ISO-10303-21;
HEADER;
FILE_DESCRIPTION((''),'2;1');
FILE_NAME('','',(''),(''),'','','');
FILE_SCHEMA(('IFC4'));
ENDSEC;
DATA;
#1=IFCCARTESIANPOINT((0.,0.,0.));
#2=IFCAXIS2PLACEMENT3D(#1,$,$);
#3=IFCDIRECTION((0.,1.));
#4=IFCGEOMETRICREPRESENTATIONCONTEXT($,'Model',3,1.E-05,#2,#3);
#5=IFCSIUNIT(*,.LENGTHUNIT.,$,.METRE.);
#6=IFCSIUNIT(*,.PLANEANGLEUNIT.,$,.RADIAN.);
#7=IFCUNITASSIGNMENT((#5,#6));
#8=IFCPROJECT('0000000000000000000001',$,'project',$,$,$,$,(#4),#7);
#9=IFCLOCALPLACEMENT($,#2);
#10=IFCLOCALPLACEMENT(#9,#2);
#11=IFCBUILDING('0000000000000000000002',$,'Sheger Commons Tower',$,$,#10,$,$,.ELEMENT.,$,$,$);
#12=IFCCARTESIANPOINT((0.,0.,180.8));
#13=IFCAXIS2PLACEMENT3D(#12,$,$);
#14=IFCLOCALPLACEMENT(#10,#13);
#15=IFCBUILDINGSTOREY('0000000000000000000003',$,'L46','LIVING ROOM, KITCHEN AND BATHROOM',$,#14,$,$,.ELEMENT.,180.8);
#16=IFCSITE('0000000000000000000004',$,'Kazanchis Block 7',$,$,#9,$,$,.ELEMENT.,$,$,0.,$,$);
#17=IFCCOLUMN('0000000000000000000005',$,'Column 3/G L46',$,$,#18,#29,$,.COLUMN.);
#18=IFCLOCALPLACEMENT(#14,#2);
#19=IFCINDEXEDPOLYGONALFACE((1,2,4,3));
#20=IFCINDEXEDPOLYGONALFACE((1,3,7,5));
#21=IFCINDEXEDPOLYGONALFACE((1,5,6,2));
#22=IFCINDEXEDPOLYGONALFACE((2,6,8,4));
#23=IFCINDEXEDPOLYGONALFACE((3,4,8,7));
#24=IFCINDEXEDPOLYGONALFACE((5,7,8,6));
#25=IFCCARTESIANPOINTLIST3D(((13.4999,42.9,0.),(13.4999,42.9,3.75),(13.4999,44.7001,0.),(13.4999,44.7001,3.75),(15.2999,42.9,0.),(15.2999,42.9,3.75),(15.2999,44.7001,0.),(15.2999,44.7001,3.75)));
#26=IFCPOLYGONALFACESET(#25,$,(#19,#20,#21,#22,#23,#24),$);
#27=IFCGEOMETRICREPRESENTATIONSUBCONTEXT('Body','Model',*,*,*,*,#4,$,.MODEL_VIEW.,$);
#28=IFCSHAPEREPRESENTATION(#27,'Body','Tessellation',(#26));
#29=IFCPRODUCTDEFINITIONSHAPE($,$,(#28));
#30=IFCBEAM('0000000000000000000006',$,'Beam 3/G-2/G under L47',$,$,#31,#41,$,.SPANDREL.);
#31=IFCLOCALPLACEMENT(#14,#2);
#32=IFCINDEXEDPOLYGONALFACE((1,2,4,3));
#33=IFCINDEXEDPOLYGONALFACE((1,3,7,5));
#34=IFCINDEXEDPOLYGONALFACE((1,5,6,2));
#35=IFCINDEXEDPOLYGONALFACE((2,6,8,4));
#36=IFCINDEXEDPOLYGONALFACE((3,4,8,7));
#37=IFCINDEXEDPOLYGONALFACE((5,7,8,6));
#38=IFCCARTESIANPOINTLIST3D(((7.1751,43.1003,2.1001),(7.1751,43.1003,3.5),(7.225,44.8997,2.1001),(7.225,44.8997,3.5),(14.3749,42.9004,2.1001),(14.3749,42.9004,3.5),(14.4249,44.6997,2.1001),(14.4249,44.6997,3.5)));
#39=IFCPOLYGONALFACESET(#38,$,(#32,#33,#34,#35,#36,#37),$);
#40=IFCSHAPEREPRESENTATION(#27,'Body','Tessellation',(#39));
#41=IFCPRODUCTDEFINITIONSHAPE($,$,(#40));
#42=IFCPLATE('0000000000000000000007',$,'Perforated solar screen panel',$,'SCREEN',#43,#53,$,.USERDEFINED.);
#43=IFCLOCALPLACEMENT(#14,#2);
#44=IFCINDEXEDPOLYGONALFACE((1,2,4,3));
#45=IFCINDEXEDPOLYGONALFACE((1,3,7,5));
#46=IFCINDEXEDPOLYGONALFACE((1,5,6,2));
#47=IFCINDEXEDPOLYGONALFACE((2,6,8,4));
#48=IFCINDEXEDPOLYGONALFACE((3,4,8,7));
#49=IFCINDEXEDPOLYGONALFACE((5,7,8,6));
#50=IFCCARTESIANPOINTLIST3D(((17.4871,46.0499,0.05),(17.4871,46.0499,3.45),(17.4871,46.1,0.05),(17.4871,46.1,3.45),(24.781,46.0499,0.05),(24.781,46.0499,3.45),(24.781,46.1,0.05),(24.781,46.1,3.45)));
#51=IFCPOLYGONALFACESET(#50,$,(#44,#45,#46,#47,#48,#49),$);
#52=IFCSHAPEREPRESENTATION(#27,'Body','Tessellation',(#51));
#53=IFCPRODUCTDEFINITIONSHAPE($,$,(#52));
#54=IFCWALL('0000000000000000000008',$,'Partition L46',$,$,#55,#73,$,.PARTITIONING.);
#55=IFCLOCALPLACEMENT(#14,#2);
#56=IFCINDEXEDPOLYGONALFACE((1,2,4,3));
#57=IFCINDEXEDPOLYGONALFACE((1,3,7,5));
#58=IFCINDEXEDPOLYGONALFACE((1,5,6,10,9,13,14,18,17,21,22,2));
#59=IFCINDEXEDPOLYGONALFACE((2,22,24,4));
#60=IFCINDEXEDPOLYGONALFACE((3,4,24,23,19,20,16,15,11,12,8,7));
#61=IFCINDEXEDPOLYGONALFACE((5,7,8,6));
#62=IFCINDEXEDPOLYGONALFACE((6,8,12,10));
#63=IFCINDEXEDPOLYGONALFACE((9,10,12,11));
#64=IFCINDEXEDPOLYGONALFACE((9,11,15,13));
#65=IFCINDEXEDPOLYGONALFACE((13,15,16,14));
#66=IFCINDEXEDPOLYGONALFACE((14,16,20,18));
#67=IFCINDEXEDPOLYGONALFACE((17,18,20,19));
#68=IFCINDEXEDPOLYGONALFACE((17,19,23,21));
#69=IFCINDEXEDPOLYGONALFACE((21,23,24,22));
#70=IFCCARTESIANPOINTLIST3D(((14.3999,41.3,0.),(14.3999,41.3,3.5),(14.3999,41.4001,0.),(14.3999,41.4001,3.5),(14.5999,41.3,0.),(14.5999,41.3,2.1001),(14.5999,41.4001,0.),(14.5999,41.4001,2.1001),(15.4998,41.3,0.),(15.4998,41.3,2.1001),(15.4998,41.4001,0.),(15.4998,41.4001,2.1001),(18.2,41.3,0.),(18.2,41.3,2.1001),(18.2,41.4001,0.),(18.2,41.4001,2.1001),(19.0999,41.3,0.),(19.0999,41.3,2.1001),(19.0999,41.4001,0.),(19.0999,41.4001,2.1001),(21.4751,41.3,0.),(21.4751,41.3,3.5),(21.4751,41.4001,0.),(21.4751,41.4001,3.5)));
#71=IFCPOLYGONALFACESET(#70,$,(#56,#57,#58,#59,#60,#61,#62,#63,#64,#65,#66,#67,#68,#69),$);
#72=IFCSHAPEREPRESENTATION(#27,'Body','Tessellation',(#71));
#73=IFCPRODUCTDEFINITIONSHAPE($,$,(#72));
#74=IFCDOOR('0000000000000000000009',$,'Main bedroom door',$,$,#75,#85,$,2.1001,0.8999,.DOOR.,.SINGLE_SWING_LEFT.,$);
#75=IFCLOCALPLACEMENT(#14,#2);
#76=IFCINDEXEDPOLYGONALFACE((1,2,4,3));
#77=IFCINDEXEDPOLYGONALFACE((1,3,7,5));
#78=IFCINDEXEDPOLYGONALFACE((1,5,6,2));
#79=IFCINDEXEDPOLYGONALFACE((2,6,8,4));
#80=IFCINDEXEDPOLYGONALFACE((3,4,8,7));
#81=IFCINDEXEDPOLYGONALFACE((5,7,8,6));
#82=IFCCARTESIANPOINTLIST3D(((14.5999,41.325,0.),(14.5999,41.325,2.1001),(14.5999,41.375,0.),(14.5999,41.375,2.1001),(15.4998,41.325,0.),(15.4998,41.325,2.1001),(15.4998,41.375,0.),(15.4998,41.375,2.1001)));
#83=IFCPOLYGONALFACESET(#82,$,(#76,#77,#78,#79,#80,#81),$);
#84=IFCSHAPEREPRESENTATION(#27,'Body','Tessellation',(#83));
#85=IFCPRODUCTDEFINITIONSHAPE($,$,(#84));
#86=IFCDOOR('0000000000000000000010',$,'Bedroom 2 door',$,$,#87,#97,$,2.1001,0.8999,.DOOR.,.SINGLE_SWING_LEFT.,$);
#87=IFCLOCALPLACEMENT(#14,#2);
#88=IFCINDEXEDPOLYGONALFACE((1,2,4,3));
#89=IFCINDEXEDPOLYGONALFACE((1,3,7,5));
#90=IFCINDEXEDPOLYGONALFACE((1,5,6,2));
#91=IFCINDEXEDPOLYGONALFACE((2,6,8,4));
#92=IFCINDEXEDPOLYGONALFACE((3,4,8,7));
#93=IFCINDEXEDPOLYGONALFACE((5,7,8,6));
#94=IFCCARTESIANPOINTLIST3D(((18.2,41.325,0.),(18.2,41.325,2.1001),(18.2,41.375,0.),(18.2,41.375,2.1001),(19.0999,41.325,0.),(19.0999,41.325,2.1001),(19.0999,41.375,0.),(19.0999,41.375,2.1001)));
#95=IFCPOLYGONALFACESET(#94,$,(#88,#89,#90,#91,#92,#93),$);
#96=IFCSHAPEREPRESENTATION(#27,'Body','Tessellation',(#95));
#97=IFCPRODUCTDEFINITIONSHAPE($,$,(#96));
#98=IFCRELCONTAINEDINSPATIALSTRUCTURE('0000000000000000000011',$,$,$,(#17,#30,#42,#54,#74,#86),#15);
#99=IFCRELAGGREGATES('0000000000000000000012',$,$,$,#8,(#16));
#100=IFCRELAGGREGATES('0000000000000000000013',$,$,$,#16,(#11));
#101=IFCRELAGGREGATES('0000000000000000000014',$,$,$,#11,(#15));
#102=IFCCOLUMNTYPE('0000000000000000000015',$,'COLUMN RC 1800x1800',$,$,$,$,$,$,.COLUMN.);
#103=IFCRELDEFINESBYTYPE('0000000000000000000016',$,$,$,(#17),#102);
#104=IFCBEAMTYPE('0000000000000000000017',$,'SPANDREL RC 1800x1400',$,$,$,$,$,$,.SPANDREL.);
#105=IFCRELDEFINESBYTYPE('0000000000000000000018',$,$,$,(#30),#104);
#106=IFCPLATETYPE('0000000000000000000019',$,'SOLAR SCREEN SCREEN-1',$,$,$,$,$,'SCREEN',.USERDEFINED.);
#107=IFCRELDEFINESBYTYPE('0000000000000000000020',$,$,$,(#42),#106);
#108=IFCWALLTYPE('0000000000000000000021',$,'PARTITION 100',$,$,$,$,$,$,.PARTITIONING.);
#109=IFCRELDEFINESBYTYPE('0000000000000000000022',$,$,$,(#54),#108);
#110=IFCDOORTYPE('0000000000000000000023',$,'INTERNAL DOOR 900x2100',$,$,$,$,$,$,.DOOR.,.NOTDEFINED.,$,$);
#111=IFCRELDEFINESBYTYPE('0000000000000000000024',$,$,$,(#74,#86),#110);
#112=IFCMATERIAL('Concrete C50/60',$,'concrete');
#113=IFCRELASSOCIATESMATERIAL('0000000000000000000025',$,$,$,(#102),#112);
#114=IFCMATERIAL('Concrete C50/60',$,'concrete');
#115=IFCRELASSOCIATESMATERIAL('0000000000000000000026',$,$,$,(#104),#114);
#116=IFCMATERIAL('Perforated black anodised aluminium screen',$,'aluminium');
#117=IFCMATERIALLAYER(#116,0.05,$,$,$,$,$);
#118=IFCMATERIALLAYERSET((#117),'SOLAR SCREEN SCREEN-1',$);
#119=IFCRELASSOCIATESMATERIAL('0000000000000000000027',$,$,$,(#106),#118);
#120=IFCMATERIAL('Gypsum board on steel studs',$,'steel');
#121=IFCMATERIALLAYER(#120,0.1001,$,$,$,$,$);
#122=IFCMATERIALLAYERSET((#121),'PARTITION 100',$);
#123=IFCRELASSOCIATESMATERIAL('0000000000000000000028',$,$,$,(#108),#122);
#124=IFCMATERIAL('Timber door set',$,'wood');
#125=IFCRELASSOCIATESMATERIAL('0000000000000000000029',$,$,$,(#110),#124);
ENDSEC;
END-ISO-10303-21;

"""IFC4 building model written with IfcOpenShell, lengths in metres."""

from ifc_helpers import new_model, si_unit, direction, frame, frame_2d, origin, origin_2d, place, context, subcontext, project, spatial, rectangle, extrude, material, layer, layer_set, material_profile, profile_set, type_object, element, fill, save


model = new_model("IFC4")

# Units and contexts
model_context = context("Model", 3, precision=1e-05, world=origin(), true_north=direction((0.0, 1.0)))
body_context = subcontext(model_context, "Body", "Model", "MODEL_VIEW")
ifc_project = project(units=[si_unit("LENGTHUNIT", "METRE"), si_unit("PLANEANGLEUNIT", "RADIAN")], contexts=[model_context])

# Site, building, storey
site_placement = place(None, origin())
site = spatial("IfcSite", under=ifc_project, at=site_placement, Name="Kazanchis Block 7", CompositionType="ELEMENT", RefElevation=0.0)
building_placement = place(site_placement, origin())
building = spatial("IfcBuilding", under=site, at=building_placement, Name="Sheger Commons Tower", CompositionType="ELEMENT")
storey_placement = place(building_placement, frame((0.0, 0.0, 180.8)))
storey = spatial("IfcBuildingStorey", under=building, at=storey_placement, Name="L46", Description="LIVING ROOM, KITCHEN AND BATHROOM", CompositionType="ELEMENT", Elevation=180.8)

# Column
ifc_material_1 = material(Name="Concrete C50/60", Category="concrete")
ifc_material_profile_1 = material_profile(ifc_material_1, rectangle(XDim=1.8, YDim=1.8, at=origin_2d()), Name="RC 1800x1800")
ifc_profile_set_1 = profile_set([ifc_material_profile_1], Name="Concrete C50/60")
column_type = type_object("IfcColumnType", Name="COLUMN RC 1800x1800", PredefinedType="COLUMN", material=ifc_profile_set_1)
column_placement = place(storey_placement, frame((14.3999, 43.8, 0.0), z_axis=(0.0, 0.0, 1.0), x_axis=(1.0, 0.0, 0.0)))
element("IfcColumn", 1, at=column_placement, inside=storey, type_object=column_type, Name="Column 3/G L46", PredefinedType="COLUMN", context=body_context, shape_type="SweptSolid", body=[
    extrude(rectangle(XDim=1.8, YDim=1.8, at=origin_2d()), origin(), (0.0, 0.0, 1.0), 3.75),
])

# Beam
ifc_material_2 = material(Name="Concrete C50/60", Category="concrete")
ifc_material_profile_2 = material_profile(ifc_material_2, rectangle(XDim=1.8, YDim=1.3999, at=origin_2d()), Name="RC 1800x1400")
ifc_profile_set_2 = profile_set([ifc_material_profile_2], Name="Concrete C50/60")
beam_type = type_object("IfcBeamType", Name="SPANDREL RC 1800x1400", PredefinedType="SPANDREL", material=ifc_profile_set_2)
beam_placement = place(storey_placement, frame((14.3999, 43.8, 2.8), z_axis=(-0.999615, 0.02776, 0.0), x_axis=(-0.02776, -0.999615, 0.0)))
element("IfcBeam", 2, at=beam_placement, inside=storey, type_object=beam_type, Name="Beam 3/G-2/G under L47", PredefinedType="SPANDREL", context=body_context, shape_type="SweptSolid", body=[
    extrude(rectangle(XDim=1.8, YDim=1.3999, at=origin_2d()), origin(), (0.0, 0.0, 1.0), 7.2026),
])

# Plate
ifc_material_3 = material(Name="Perforated black anodised aluminium screen", Category="aluminium")
ifc_layer_1 = layer(ifc_material_3, 0.05)
ifc_layer_set_1 = layer_set([ifc_layer_1], Name="SOLAR SCREEN SCREEN-1")
plate_type = type_object("IfcPlateType", Name="SOLAR SCREEN SCREEN-1", ElementType="SCREEN", PredefinedType="USERDEFINED", material=ifc_layer_set_1)
plate_placement = place(storey_placement, frame((21.134, 46.075, 0.05), z_axis=(0.0, 0.0, 1.0), x_axis=(-1.0, 0.0, 0.0)))
element("IfcPlate", 3, at=plate_placement, inside=storey, type_object=plate_type, Name="Perforated solar screen panel", ObjectType="SCREEN", PredefinedType="USERDEFINED", context=body_context, shape_type="SweptSolid", body=[
    extrude(rectangle(XDim=7.2939, YDim=0.05, at=origin_2d()), origin(), (0.0, 0.0, 1.0), 3.3999),
])

# Wall, openings, doors
ifc_material_4 = material(Name="Gypsum board on steel studs", Category="steel")
ifc_layer_2 = layer(ifc_material_4, 0.1001)
ifc_layer_set_2 = layer_set([ifc_layer_2], Name="PARTITION 100")
wall_type = type_object("IfcWallType", Name="PARTITION 100", PredefinedType="PARTITIONING", material=ifc_layer_set_2)
wall_1_placement = place(storey_placement, frame((14.3999, 41.3501, 0.0), z_axis=(0.0, 0.0, 1.0), x_axis=(1.0, 0.0, 0.0)))
wall_1 = element("IfcWall", 4, at=wall_1_placement, inside=storey, type_object=wall_type, Name="Partition L46", PredefinedType="PARTITIONING", context=body_context, shape_type="SweptSolid", body=[
    extrude(rectangle(XDim=7.0752, YDim=0.1001, at=frame_2d((3.5376, 0.0))), origin(), (0.0, 0.0, 1.0), 3.5),
])
opening_1_placement = place(wall_1_placement, frame((0.2, 0.0, 0.0)))
opening_1 = element("IfcOpeningElement", 5, at=opening_1_placement, cuts=wall_1, PredefinedType="OPENING", context=body_context, shape_type="SweptSolid", body=[
    extrude(rectangle(XDim=0.8999, YDim=2.1001, at=frame_2d((0.45, 1.05))), frame((0.0, 0.0601, 0.0), z_axis=(0.0, -1.0, 0.0), x_axis=(1.0, 0.0, 0.0)), (0.0, 0.0, 1.0), 0.1201),
])
opening_2_placement = place(wall_1_placement, frame((3.8, 0.0, 0.0)))
opening_2 = element("IfcOpeningElement", 6, at=opening_2_placement, cuts=wall_1, PredefinedType="OPENING", context=body_context, shape_type="SweptSolid", body=[
    extrude(rectangle(XDim=0.8999, YDim=2.1001, at=frame_2d((0.45, 1.05))), frame((0.0, 0.0601, 0.0), z_axis=(0.0, -1.0, 0.0), x_axis=(1.0, 0.0, 0.0)), (0.0, 0.0, 1.0), 0.1201),
])
ifc_material_5 = material(Name="Timber door set", Category="wood")
door_type = type_object("IfcDoorType", Name="INTERNAL DOOR 900x2100", OperationType="NOTDEFINED", PredefinedType="DOOR", material=ifc_material_5)
door_1_placement = place(opening_1_placement, origin())
door_1 = element("IfcDoor", 7, at=door_1_placement, inside=storey, type_object=door_type, Name="Main bedroom door", OperationType="SINGLE_SWING_LEFT", OverallHeight=2.1001, OverallWidth=0.8999, PredefinedType="DOOR", context=body_context, shape_type="SweptSolid", body=[
    extrude(rectangle(XDim=0.8999, YDim=2.1001, at=frame_2d((0.45, 1.05))), frame((0.0, 0.0249, 0.0), z_axis=(0.0, -1.0, 0.0), x_axis=(1.0, 0.0, 0.0)), (0.0, 0.0, 1.0), 0.05),
])
fill(opening_1, door_1)
door_2_placement = place(opening_2_placement, origin())
door_2 = element("IfcDoor", 8, at=door_2_placement, inside=storey, type_object=door_type, Name="Bedroom 2 door", OperationType="SINGLE_SWING_LEFT", OverallHeight=2.1001, OverallWidth=0.8999, PredefinedType="DOOR", context=body_context, shape_type="SweptSolid", body=[
    extrude(rectangle(XDim=0.8999, YDim=2.1001, at=frame_2d((0.45, 1.05))), frame((0.0, 0.0249, 0.0), z_axis=(0.0, -1.0, 0.0), x_axis=(1.0, 0.0, 0.0)), (0.0, 0.0, 1.0), 0.05),
])
fill(opening_2, door_2)

save(model, "model.ifc")
